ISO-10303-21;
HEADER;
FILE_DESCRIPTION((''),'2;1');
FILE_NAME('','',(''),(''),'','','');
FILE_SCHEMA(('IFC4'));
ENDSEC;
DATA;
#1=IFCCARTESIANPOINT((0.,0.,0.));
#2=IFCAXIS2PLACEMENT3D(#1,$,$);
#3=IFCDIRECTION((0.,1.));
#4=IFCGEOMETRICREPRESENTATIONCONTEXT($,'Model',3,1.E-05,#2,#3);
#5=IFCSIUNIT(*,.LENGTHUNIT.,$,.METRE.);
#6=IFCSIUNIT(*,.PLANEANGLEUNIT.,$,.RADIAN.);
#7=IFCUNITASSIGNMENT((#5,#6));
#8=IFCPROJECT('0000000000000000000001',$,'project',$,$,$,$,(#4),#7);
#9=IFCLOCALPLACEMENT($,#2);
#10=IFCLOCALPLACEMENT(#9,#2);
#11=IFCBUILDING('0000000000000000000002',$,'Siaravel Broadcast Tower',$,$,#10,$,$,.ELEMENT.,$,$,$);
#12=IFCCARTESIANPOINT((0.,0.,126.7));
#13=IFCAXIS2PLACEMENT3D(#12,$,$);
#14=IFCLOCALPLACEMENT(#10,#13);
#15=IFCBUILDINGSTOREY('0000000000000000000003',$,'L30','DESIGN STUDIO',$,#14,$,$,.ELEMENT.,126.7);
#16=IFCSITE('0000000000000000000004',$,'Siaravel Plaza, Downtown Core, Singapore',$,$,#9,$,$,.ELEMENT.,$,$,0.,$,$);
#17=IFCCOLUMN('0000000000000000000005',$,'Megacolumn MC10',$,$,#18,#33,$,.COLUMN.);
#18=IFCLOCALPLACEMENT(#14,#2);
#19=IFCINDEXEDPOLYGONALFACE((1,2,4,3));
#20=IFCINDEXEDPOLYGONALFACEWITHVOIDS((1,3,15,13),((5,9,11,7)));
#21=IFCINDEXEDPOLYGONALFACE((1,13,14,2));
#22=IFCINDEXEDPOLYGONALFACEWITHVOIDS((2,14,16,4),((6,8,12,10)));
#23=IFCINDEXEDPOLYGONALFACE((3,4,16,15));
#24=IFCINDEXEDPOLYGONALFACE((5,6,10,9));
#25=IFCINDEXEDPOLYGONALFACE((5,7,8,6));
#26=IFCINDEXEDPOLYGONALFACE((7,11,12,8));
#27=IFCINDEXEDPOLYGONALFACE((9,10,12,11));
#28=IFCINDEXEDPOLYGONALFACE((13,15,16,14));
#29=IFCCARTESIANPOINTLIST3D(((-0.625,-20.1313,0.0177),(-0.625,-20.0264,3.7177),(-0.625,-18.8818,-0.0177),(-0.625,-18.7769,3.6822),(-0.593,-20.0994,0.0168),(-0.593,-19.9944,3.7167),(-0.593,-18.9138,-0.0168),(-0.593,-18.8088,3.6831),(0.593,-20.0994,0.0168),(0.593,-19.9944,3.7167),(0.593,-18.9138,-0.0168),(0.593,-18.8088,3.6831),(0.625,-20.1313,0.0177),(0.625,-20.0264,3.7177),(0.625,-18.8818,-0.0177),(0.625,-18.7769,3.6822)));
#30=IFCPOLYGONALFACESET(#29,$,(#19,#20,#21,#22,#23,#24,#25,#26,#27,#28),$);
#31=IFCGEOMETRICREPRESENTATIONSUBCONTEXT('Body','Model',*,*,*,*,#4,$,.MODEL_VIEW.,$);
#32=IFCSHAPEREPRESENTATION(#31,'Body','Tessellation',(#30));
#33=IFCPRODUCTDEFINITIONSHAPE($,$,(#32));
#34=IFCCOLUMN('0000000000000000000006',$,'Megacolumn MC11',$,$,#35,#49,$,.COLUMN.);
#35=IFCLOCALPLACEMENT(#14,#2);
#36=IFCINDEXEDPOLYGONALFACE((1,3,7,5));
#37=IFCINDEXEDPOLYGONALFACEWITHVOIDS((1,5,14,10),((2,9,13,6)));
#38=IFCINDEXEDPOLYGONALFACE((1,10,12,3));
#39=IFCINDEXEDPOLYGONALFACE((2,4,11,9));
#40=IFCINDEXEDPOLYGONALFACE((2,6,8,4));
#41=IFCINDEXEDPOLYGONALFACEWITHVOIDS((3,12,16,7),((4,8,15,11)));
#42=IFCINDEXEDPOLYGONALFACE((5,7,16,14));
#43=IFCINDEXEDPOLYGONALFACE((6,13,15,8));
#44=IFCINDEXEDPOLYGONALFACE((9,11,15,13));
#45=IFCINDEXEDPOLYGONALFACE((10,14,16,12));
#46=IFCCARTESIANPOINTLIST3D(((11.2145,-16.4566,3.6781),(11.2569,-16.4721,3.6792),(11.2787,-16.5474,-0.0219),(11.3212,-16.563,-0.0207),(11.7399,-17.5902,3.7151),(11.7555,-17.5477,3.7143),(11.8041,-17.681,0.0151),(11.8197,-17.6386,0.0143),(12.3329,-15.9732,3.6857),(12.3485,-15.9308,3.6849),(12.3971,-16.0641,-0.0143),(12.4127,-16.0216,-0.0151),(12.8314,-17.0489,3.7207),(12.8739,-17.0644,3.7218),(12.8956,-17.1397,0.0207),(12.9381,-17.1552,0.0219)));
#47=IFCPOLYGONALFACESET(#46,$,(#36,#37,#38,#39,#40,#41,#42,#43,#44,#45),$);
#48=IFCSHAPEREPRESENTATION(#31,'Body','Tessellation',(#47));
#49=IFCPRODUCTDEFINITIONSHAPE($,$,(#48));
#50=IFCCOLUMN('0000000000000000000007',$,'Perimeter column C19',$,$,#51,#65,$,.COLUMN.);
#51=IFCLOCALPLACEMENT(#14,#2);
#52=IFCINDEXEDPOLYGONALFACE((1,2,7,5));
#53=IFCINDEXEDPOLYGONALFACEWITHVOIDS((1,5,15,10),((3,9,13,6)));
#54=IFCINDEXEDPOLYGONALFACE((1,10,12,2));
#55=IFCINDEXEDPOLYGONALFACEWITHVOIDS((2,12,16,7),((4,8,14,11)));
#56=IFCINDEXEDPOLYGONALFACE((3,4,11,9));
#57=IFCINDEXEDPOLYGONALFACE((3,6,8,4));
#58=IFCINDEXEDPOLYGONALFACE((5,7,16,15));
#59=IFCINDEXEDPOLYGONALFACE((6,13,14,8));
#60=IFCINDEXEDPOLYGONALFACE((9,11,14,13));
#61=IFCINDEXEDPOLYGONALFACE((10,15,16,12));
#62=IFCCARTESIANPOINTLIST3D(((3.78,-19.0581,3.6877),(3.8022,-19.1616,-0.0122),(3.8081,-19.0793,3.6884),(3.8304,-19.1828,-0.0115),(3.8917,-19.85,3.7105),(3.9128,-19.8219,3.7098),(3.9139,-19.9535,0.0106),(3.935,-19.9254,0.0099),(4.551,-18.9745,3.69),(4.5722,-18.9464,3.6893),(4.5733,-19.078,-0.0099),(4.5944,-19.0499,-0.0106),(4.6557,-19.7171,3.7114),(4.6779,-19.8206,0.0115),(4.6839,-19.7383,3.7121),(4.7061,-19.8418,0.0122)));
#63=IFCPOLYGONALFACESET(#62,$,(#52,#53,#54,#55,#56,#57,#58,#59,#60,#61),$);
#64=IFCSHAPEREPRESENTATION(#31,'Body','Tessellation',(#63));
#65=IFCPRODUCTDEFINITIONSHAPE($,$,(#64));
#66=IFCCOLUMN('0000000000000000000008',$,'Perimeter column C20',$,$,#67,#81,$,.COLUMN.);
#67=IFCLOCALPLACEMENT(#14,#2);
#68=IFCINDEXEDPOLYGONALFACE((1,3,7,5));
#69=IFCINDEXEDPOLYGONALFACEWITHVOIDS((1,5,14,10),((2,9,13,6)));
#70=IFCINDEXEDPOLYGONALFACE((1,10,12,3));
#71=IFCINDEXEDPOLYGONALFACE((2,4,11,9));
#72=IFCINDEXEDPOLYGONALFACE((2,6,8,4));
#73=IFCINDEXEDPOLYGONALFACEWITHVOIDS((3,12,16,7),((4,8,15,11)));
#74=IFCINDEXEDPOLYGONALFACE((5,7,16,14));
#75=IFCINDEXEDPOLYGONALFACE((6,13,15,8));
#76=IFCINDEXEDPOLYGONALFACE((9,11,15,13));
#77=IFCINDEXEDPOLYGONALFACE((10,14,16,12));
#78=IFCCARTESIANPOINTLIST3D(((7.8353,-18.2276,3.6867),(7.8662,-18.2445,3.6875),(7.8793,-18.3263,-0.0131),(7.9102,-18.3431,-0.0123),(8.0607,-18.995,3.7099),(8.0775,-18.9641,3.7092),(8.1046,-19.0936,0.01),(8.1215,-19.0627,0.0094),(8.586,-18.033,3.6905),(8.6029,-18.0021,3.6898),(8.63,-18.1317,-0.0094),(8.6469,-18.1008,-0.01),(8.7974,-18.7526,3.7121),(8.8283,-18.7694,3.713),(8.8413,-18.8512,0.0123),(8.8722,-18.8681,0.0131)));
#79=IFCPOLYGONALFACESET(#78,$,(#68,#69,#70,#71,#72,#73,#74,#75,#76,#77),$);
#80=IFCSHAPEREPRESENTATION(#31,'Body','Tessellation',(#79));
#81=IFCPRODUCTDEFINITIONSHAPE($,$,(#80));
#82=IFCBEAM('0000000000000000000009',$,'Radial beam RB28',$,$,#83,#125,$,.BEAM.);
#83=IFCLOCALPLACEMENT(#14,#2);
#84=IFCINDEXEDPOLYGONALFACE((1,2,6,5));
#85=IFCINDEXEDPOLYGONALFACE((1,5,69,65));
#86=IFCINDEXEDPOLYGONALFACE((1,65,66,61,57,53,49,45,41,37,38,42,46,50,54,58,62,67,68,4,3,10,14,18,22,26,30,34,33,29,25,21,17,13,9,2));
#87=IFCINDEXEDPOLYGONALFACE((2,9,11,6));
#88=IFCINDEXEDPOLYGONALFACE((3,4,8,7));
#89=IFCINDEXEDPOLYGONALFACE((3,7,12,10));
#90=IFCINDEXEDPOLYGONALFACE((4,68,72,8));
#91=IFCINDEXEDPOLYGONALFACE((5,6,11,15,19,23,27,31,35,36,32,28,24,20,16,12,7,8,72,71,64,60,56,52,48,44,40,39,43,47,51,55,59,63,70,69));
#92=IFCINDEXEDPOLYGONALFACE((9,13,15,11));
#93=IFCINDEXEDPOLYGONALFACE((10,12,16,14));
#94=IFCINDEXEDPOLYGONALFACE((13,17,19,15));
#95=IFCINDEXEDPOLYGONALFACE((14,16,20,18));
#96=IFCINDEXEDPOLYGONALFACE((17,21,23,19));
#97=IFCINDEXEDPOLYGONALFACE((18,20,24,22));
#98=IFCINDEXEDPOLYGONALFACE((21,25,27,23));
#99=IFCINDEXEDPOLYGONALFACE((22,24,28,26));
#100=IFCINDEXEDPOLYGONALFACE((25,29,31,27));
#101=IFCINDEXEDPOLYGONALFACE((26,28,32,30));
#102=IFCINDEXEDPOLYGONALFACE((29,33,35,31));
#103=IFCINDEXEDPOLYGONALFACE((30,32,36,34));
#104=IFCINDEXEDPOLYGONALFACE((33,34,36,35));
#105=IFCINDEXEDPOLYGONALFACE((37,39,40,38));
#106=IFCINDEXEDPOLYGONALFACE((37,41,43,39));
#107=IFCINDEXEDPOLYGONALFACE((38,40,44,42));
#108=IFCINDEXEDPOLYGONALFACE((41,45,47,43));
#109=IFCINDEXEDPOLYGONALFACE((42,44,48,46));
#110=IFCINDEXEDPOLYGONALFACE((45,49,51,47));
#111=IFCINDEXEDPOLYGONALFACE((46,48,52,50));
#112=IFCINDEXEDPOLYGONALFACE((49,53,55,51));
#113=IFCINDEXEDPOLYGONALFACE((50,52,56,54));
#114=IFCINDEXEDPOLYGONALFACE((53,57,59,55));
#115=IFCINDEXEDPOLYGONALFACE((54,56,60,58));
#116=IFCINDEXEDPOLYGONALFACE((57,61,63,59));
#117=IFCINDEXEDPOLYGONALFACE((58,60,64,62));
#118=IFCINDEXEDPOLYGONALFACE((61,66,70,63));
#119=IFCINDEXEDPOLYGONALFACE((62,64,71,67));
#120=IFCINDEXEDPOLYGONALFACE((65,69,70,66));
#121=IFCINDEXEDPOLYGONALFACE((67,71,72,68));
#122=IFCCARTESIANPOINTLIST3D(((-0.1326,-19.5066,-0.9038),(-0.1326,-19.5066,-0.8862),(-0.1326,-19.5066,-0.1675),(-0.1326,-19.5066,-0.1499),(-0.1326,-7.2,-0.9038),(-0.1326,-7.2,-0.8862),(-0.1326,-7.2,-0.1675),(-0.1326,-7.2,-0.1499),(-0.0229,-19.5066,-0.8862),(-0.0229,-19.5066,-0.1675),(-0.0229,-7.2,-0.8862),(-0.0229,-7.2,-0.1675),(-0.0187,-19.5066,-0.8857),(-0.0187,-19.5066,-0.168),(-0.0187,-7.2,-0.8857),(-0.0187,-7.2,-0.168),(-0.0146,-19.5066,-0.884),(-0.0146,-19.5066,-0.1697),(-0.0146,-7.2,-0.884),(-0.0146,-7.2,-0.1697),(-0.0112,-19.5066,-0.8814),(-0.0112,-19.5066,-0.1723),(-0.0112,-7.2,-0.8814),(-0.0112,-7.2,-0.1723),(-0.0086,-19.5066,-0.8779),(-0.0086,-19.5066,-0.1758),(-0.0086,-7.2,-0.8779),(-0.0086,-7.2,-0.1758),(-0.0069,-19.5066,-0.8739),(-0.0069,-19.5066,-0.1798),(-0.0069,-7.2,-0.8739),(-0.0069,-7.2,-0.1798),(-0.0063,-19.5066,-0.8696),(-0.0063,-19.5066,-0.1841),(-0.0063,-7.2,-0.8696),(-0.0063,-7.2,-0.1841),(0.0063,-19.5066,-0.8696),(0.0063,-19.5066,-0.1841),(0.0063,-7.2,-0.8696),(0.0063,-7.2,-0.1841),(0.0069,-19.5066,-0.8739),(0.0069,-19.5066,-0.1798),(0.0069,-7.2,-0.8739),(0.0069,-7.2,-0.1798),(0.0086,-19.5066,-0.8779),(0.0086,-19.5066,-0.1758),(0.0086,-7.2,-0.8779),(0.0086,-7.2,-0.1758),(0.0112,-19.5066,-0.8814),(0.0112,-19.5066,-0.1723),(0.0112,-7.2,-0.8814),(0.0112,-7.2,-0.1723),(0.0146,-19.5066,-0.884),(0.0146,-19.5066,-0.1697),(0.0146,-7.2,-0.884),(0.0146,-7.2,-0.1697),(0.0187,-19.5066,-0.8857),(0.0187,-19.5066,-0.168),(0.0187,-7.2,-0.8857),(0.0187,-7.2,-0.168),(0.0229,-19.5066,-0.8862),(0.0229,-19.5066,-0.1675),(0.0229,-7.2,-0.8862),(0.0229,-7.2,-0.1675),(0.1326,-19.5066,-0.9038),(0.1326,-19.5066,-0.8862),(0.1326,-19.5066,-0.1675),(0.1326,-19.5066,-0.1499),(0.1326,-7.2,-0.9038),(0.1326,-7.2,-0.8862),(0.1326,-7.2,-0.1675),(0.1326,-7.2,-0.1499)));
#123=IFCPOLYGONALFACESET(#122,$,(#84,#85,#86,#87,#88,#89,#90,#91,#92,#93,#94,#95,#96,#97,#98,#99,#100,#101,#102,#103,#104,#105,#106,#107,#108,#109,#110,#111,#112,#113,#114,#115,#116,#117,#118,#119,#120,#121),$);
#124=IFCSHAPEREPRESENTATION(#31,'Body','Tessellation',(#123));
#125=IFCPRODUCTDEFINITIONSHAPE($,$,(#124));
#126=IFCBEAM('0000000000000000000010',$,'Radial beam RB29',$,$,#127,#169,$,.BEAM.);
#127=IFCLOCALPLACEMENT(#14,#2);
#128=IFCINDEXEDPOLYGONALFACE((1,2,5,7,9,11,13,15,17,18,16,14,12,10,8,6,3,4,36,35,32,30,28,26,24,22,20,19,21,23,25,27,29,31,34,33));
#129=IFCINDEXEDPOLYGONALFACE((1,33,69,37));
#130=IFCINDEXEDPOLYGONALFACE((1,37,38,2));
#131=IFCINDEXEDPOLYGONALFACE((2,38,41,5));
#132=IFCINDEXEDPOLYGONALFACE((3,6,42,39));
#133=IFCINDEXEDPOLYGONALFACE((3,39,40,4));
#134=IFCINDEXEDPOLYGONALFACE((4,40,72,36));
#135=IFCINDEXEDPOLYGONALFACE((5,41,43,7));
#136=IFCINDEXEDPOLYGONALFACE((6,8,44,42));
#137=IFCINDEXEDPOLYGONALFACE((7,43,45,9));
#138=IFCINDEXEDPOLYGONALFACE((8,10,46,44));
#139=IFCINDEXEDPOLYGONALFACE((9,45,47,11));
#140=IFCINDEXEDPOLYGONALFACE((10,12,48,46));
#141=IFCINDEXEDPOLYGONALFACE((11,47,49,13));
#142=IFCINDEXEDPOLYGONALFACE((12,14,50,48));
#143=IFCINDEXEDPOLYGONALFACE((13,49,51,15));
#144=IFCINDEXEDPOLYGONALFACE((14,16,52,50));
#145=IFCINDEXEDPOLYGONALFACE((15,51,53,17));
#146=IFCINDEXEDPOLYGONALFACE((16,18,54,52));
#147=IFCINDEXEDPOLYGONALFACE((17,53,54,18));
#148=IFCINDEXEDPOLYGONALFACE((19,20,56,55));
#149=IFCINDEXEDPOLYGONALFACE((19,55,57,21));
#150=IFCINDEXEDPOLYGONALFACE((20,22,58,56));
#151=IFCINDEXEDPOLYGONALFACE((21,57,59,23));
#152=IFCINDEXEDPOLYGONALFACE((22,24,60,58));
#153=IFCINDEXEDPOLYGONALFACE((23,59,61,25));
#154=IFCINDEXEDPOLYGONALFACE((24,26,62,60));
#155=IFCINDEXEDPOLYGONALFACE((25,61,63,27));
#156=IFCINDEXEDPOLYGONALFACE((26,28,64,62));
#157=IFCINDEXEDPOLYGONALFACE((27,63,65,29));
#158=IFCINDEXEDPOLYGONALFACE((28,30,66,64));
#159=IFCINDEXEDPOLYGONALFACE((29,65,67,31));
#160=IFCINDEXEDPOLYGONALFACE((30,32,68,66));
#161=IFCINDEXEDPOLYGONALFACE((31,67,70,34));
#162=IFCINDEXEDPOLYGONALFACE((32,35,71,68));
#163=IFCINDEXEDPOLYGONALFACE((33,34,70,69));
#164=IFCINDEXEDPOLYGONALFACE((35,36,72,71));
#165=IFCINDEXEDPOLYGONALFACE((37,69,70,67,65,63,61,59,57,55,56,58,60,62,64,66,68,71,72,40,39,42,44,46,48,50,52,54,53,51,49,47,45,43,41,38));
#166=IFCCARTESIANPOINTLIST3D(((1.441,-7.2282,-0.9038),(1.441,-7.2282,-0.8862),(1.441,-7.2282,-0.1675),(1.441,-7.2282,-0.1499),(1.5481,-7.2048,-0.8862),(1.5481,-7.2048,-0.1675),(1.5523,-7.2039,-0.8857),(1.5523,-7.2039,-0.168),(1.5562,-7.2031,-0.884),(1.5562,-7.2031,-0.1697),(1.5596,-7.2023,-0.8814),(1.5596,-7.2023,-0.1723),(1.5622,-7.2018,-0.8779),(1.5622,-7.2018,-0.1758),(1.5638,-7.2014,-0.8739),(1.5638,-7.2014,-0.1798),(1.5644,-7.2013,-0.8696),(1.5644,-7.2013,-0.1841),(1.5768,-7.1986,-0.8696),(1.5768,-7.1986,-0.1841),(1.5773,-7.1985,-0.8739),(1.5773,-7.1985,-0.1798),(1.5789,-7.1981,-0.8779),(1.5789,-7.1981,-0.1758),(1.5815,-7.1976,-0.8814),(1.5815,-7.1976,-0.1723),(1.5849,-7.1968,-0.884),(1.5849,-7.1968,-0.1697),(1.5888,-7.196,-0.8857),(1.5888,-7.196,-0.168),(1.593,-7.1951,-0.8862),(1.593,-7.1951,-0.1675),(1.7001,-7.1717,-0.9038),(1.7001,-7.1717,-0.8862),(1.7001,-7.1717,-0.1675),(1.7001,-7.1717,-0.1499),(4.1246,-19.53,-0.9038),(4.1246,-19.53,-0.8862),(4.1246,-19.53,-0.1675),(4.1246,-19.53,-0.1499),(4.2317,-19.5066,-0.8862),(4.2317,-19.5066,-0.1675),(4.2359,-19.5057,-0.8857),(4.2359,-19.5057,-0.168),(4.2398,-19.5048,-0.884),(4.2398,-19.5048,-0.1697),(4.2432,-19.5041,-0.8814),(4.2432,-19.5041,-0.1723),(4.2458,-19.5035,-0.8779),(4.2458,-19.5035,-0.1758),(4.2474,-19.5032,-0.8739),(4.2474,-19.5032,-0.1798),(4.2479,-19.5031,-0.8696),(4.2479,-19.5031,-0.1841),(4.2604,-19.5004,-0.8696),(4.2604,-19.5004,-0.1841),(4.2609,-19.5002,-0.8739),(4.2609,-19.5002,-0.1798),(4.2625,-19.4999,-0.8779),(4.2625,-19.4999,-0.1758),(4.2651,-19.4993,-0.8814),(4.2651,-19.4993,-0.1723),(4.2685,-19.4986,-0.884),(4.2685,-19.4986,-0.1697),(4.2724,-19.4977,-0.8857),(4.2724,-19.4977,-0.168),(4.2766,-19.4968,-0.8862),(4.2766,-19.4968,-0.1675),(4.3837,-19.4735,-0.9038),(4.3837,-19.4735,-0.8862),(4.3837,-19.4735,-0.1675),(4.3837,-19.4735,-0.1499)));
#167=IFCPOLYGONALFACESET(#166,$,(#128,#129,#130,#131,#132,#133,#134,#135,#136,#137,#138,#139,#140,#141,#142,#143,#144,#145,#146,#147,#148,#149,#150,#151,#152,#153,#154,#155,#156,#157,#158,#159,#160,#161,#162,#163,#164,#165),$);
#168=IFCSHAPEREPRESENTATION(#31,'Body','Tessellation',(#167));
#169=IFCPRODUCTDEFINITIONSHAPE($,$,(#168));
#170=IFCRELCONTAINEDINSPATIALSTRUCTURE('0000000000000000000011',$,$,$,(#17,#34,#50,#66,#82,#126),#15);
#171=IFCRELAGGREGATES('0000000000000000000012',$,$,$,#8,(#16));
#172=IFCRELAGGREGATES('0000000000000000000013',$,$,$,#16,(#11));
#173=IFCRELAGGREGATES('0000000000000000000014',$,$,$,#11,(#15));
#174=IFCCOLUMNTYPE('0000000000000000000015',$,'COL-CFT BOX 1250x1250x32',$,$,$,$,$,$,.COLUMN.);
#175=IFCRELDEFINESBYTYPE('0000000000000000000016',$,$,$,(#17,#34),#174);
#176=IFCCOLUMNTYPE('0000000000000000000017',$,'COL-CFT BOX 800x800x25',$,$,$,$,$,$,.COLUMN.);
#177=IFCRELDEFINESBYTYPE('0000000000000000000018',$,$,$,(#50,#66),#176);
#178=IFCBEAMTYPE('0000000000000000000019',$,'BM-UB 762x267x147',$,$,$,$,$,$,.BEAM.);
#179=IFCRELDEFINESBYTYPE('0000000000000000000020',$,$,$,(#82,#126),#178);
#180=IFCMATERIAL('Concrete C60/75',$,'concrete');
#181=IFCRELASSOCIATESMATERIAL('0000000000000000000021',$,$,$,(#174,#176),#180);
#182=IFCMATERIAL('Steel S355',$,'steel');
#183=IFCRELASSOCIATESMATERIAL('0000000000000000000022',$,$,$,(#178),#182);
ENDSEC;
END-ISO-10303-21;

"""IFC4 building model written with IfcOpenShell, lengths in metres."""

from ifc_helpers import new_model, si_unit, direction, frame, origin, origin_2d, place, context, subcontext, project, spatial, hollow_rectangle, i_section, extrude, material, material_profile, profile_set, type_object, element, save


model = new_model("IFC4")

# Units and contexts
model_context = context("Model", 3, precision=1e-05, world=origin(), true_north=direction((0.0, 1.0)))
body_context = subcontext(model_context, "Body", "Model", "MODEL_VIEW")
ifc_project = project(units=[si_unit("LENGTHUNIT", "METRE"), si_unit("PLANEANGLEUNIT", "RADIAN")], contexts=[model_context])

# Site, building, storey
site_placement = place(None, origin())
site = spatial("IfcSite", under=ifc_project, at=site_placement, Name="Siaravel Plaza, Downtown Core, Singapore", CompositionType="ELEMENT", RefElevation=0.0)
building_placement = place(site_placement, origin())
building = spatial("IfcBuilding", under=site, at=building_placement, Name="Siaravel Broadcast Tower", CompositionType="ELEMENT")
storey_placement = place(building_placement, frame((0.0, 0.0, 126.7)))
storey = spatial("IfcBuildingStorey", under=building, at=storey_placement, Name="L30", Description="DESIGN STUDIO", CompositionType="ELEMENT", Elevation=126.7)

# Columns
ifc_material_1 = material(Name="Concrete C60/75", Category="concrete")
ifc_material_profile_1 = material_profile(ifc_material_1, hollow_rectangle(XDim=1.25, YDim=1.25, WallThickness=0.032, at=origin_2d()))
ifc_profile_set_1 = profile_set([ifc_material_profile_1], Name="Concrete C60/75")
column_type_1 = type_object("IfcColumnType", Name="COL-CFT BOX 1250x1250x32", PredefinedType="COLUMN", material=ifc_profile_set_1)
column_1_placement = place(storey_placement, frame((0.0, -19.5066, 0.0), z_axis=(0.0, 0.028362, 0.999598), x_axis=(-1.0, 0.0, 0.0)))
element("IfcColumn", 1, at=column_1_placement, inside=storey, type_object=column_type_1, Name="Megacolumn MC10", PredefinedType="COLUMN", context=body_context, shape_type="SweptSolid", body=[
    extrude(hollow_rectangle(XDim=1.25, YDim=1.25, WallThickness=0.032, at=origin_2d()), origin(), (0.0, 0.0, 1.0), 3.7014),
])
column_2_placement = place(storey_placement, frame((12.1084, -16.8513, 0.0), z_axis=(-0.017346, 0.024535, 0.999548), x_axis=(-0.907211, -0.420642, -0.005419)))
element("IfcColumn", 2, at=column_2_placement, inside=storey, type_object=column_type_1, Name="Megacolumn MC11", PredefinedType="COLUMN", context=body_context, shape_type="SweptSolid", body=[
    extrude(hollow_rectangle(XDim=1.25, YDim=1.25, WallThickness=0.032, at=origin_2d()), origin(), (0.0, 0.0, 1.0), 3.7017),
])
ifc_material_profile_2 = material_profile(ifc_material_1, hollow_rectangle(XDim=0.8, YDim=0.8, WallThickness=0.0249, at=origin_2d()))
ifc_profile_set_2 = profile_set([ifc_material_profile_2], Name="Concrete C60/75")
column_type_2 = type_object("IfcColumnType", Name="COL-CFT BOX 800x800x25", PredefinedType="COLUMN", material=ifc_profile_set_2)
for number, where, z_axis, x_axis, name in (
    (3, (4.2542, -19.5017, 0.0), (-0.006002, 0.027966, 0.999591), (-0.990198, -0.139655, -0.002039), "Perimeter column C19"),
    (4, (8.3757, -18.5972, 0.0), (-0.011872, 0.026647, 0.999574), (-0.959438, -0.281893, -0.003881), "Perimeter column C20"),
):
    element("IfcColumn", number, at=place(storey_placement, frame(where, z_axis=z_axis, x_axis=x_axis)), inside=storey, type_object=column_type_2, Name=name, PredefinedType="COLUMN", context=body_context, shape_type="SweptSolid", body=[
        extrude(hollow_rectangle(XDim=0.8, YDim=0.8, WallThickness=0.0249, at=origin_2d()), origin(), (0.0, 0.0, 1.0), 3.7014),
    ])

# Beams
ifc_material_2 = material(Name="Steel S355", Category="steel")
ifc_material_profile_3 = material_profile(ifc_material_2, i_section(OverallWidth=0.2651, OverallDepth=0.7539, WebThickness=0.0127, FlangeThickness=0.0176, FilletRadius=0.0166, at=origin_2d()))
ifc_profile_set_3 = profile_set([ifc_material_profile_3], Name="Steel S355")
beam_type = type_object("IfcBeamType", Name="BM-UB 762x267x147", PredefinedType="BEAM", material=ifc_profile_set_3)
beam_1_placement = place(storey_placement, frame((0.0, -19.5066, -0.5269), z_axis=(0.0, 1.0, 0.0), x_axis=(-1.0, 0.0, 0.0)))
element("IfcBeam", 5, at=beam_1_placement, inside=storey, type_object=beam_type, Name="Radial beam RB28", PredefinedType="BEAM", context=body_context, shape_type="SweptSolid", body=[
    extrude(i_section(OverallWidth=0.2651, OverallDepth=0.7539, WebThickness=0.0127, FlangeThickness=0.0176, FilletRadius=0.0166, at=origin_2d()), origin(), (0.0, 0.0, 1.0), 12.3066),
])
beam_2_placement = place(storey_placement, frame((4.2542, -19.5017, -0.5269), z_axis=(-0.213135, 0.977023, 0.0), x_axis=(-0.977023, -0.213135, 0.0)))
element("IfcBeam", 6, at=beam_2_placement, inside=storey, type_object=beam_type, Name="Radial beam RB29", PredefinedType="BEAM", context=body_context, shape_type="SweptSolid", body=[
    extrude(i_section(OverallWidth=0.2651, OverallDepth=0.7539, WebThickness=0.0127, FlangeThickness=0.0176, FilletRadius=0.0166, at=origin_2d()), origin(), (0.0, 0.0, 1.0), 12.5911),
])

save(model, "model.ifc")
